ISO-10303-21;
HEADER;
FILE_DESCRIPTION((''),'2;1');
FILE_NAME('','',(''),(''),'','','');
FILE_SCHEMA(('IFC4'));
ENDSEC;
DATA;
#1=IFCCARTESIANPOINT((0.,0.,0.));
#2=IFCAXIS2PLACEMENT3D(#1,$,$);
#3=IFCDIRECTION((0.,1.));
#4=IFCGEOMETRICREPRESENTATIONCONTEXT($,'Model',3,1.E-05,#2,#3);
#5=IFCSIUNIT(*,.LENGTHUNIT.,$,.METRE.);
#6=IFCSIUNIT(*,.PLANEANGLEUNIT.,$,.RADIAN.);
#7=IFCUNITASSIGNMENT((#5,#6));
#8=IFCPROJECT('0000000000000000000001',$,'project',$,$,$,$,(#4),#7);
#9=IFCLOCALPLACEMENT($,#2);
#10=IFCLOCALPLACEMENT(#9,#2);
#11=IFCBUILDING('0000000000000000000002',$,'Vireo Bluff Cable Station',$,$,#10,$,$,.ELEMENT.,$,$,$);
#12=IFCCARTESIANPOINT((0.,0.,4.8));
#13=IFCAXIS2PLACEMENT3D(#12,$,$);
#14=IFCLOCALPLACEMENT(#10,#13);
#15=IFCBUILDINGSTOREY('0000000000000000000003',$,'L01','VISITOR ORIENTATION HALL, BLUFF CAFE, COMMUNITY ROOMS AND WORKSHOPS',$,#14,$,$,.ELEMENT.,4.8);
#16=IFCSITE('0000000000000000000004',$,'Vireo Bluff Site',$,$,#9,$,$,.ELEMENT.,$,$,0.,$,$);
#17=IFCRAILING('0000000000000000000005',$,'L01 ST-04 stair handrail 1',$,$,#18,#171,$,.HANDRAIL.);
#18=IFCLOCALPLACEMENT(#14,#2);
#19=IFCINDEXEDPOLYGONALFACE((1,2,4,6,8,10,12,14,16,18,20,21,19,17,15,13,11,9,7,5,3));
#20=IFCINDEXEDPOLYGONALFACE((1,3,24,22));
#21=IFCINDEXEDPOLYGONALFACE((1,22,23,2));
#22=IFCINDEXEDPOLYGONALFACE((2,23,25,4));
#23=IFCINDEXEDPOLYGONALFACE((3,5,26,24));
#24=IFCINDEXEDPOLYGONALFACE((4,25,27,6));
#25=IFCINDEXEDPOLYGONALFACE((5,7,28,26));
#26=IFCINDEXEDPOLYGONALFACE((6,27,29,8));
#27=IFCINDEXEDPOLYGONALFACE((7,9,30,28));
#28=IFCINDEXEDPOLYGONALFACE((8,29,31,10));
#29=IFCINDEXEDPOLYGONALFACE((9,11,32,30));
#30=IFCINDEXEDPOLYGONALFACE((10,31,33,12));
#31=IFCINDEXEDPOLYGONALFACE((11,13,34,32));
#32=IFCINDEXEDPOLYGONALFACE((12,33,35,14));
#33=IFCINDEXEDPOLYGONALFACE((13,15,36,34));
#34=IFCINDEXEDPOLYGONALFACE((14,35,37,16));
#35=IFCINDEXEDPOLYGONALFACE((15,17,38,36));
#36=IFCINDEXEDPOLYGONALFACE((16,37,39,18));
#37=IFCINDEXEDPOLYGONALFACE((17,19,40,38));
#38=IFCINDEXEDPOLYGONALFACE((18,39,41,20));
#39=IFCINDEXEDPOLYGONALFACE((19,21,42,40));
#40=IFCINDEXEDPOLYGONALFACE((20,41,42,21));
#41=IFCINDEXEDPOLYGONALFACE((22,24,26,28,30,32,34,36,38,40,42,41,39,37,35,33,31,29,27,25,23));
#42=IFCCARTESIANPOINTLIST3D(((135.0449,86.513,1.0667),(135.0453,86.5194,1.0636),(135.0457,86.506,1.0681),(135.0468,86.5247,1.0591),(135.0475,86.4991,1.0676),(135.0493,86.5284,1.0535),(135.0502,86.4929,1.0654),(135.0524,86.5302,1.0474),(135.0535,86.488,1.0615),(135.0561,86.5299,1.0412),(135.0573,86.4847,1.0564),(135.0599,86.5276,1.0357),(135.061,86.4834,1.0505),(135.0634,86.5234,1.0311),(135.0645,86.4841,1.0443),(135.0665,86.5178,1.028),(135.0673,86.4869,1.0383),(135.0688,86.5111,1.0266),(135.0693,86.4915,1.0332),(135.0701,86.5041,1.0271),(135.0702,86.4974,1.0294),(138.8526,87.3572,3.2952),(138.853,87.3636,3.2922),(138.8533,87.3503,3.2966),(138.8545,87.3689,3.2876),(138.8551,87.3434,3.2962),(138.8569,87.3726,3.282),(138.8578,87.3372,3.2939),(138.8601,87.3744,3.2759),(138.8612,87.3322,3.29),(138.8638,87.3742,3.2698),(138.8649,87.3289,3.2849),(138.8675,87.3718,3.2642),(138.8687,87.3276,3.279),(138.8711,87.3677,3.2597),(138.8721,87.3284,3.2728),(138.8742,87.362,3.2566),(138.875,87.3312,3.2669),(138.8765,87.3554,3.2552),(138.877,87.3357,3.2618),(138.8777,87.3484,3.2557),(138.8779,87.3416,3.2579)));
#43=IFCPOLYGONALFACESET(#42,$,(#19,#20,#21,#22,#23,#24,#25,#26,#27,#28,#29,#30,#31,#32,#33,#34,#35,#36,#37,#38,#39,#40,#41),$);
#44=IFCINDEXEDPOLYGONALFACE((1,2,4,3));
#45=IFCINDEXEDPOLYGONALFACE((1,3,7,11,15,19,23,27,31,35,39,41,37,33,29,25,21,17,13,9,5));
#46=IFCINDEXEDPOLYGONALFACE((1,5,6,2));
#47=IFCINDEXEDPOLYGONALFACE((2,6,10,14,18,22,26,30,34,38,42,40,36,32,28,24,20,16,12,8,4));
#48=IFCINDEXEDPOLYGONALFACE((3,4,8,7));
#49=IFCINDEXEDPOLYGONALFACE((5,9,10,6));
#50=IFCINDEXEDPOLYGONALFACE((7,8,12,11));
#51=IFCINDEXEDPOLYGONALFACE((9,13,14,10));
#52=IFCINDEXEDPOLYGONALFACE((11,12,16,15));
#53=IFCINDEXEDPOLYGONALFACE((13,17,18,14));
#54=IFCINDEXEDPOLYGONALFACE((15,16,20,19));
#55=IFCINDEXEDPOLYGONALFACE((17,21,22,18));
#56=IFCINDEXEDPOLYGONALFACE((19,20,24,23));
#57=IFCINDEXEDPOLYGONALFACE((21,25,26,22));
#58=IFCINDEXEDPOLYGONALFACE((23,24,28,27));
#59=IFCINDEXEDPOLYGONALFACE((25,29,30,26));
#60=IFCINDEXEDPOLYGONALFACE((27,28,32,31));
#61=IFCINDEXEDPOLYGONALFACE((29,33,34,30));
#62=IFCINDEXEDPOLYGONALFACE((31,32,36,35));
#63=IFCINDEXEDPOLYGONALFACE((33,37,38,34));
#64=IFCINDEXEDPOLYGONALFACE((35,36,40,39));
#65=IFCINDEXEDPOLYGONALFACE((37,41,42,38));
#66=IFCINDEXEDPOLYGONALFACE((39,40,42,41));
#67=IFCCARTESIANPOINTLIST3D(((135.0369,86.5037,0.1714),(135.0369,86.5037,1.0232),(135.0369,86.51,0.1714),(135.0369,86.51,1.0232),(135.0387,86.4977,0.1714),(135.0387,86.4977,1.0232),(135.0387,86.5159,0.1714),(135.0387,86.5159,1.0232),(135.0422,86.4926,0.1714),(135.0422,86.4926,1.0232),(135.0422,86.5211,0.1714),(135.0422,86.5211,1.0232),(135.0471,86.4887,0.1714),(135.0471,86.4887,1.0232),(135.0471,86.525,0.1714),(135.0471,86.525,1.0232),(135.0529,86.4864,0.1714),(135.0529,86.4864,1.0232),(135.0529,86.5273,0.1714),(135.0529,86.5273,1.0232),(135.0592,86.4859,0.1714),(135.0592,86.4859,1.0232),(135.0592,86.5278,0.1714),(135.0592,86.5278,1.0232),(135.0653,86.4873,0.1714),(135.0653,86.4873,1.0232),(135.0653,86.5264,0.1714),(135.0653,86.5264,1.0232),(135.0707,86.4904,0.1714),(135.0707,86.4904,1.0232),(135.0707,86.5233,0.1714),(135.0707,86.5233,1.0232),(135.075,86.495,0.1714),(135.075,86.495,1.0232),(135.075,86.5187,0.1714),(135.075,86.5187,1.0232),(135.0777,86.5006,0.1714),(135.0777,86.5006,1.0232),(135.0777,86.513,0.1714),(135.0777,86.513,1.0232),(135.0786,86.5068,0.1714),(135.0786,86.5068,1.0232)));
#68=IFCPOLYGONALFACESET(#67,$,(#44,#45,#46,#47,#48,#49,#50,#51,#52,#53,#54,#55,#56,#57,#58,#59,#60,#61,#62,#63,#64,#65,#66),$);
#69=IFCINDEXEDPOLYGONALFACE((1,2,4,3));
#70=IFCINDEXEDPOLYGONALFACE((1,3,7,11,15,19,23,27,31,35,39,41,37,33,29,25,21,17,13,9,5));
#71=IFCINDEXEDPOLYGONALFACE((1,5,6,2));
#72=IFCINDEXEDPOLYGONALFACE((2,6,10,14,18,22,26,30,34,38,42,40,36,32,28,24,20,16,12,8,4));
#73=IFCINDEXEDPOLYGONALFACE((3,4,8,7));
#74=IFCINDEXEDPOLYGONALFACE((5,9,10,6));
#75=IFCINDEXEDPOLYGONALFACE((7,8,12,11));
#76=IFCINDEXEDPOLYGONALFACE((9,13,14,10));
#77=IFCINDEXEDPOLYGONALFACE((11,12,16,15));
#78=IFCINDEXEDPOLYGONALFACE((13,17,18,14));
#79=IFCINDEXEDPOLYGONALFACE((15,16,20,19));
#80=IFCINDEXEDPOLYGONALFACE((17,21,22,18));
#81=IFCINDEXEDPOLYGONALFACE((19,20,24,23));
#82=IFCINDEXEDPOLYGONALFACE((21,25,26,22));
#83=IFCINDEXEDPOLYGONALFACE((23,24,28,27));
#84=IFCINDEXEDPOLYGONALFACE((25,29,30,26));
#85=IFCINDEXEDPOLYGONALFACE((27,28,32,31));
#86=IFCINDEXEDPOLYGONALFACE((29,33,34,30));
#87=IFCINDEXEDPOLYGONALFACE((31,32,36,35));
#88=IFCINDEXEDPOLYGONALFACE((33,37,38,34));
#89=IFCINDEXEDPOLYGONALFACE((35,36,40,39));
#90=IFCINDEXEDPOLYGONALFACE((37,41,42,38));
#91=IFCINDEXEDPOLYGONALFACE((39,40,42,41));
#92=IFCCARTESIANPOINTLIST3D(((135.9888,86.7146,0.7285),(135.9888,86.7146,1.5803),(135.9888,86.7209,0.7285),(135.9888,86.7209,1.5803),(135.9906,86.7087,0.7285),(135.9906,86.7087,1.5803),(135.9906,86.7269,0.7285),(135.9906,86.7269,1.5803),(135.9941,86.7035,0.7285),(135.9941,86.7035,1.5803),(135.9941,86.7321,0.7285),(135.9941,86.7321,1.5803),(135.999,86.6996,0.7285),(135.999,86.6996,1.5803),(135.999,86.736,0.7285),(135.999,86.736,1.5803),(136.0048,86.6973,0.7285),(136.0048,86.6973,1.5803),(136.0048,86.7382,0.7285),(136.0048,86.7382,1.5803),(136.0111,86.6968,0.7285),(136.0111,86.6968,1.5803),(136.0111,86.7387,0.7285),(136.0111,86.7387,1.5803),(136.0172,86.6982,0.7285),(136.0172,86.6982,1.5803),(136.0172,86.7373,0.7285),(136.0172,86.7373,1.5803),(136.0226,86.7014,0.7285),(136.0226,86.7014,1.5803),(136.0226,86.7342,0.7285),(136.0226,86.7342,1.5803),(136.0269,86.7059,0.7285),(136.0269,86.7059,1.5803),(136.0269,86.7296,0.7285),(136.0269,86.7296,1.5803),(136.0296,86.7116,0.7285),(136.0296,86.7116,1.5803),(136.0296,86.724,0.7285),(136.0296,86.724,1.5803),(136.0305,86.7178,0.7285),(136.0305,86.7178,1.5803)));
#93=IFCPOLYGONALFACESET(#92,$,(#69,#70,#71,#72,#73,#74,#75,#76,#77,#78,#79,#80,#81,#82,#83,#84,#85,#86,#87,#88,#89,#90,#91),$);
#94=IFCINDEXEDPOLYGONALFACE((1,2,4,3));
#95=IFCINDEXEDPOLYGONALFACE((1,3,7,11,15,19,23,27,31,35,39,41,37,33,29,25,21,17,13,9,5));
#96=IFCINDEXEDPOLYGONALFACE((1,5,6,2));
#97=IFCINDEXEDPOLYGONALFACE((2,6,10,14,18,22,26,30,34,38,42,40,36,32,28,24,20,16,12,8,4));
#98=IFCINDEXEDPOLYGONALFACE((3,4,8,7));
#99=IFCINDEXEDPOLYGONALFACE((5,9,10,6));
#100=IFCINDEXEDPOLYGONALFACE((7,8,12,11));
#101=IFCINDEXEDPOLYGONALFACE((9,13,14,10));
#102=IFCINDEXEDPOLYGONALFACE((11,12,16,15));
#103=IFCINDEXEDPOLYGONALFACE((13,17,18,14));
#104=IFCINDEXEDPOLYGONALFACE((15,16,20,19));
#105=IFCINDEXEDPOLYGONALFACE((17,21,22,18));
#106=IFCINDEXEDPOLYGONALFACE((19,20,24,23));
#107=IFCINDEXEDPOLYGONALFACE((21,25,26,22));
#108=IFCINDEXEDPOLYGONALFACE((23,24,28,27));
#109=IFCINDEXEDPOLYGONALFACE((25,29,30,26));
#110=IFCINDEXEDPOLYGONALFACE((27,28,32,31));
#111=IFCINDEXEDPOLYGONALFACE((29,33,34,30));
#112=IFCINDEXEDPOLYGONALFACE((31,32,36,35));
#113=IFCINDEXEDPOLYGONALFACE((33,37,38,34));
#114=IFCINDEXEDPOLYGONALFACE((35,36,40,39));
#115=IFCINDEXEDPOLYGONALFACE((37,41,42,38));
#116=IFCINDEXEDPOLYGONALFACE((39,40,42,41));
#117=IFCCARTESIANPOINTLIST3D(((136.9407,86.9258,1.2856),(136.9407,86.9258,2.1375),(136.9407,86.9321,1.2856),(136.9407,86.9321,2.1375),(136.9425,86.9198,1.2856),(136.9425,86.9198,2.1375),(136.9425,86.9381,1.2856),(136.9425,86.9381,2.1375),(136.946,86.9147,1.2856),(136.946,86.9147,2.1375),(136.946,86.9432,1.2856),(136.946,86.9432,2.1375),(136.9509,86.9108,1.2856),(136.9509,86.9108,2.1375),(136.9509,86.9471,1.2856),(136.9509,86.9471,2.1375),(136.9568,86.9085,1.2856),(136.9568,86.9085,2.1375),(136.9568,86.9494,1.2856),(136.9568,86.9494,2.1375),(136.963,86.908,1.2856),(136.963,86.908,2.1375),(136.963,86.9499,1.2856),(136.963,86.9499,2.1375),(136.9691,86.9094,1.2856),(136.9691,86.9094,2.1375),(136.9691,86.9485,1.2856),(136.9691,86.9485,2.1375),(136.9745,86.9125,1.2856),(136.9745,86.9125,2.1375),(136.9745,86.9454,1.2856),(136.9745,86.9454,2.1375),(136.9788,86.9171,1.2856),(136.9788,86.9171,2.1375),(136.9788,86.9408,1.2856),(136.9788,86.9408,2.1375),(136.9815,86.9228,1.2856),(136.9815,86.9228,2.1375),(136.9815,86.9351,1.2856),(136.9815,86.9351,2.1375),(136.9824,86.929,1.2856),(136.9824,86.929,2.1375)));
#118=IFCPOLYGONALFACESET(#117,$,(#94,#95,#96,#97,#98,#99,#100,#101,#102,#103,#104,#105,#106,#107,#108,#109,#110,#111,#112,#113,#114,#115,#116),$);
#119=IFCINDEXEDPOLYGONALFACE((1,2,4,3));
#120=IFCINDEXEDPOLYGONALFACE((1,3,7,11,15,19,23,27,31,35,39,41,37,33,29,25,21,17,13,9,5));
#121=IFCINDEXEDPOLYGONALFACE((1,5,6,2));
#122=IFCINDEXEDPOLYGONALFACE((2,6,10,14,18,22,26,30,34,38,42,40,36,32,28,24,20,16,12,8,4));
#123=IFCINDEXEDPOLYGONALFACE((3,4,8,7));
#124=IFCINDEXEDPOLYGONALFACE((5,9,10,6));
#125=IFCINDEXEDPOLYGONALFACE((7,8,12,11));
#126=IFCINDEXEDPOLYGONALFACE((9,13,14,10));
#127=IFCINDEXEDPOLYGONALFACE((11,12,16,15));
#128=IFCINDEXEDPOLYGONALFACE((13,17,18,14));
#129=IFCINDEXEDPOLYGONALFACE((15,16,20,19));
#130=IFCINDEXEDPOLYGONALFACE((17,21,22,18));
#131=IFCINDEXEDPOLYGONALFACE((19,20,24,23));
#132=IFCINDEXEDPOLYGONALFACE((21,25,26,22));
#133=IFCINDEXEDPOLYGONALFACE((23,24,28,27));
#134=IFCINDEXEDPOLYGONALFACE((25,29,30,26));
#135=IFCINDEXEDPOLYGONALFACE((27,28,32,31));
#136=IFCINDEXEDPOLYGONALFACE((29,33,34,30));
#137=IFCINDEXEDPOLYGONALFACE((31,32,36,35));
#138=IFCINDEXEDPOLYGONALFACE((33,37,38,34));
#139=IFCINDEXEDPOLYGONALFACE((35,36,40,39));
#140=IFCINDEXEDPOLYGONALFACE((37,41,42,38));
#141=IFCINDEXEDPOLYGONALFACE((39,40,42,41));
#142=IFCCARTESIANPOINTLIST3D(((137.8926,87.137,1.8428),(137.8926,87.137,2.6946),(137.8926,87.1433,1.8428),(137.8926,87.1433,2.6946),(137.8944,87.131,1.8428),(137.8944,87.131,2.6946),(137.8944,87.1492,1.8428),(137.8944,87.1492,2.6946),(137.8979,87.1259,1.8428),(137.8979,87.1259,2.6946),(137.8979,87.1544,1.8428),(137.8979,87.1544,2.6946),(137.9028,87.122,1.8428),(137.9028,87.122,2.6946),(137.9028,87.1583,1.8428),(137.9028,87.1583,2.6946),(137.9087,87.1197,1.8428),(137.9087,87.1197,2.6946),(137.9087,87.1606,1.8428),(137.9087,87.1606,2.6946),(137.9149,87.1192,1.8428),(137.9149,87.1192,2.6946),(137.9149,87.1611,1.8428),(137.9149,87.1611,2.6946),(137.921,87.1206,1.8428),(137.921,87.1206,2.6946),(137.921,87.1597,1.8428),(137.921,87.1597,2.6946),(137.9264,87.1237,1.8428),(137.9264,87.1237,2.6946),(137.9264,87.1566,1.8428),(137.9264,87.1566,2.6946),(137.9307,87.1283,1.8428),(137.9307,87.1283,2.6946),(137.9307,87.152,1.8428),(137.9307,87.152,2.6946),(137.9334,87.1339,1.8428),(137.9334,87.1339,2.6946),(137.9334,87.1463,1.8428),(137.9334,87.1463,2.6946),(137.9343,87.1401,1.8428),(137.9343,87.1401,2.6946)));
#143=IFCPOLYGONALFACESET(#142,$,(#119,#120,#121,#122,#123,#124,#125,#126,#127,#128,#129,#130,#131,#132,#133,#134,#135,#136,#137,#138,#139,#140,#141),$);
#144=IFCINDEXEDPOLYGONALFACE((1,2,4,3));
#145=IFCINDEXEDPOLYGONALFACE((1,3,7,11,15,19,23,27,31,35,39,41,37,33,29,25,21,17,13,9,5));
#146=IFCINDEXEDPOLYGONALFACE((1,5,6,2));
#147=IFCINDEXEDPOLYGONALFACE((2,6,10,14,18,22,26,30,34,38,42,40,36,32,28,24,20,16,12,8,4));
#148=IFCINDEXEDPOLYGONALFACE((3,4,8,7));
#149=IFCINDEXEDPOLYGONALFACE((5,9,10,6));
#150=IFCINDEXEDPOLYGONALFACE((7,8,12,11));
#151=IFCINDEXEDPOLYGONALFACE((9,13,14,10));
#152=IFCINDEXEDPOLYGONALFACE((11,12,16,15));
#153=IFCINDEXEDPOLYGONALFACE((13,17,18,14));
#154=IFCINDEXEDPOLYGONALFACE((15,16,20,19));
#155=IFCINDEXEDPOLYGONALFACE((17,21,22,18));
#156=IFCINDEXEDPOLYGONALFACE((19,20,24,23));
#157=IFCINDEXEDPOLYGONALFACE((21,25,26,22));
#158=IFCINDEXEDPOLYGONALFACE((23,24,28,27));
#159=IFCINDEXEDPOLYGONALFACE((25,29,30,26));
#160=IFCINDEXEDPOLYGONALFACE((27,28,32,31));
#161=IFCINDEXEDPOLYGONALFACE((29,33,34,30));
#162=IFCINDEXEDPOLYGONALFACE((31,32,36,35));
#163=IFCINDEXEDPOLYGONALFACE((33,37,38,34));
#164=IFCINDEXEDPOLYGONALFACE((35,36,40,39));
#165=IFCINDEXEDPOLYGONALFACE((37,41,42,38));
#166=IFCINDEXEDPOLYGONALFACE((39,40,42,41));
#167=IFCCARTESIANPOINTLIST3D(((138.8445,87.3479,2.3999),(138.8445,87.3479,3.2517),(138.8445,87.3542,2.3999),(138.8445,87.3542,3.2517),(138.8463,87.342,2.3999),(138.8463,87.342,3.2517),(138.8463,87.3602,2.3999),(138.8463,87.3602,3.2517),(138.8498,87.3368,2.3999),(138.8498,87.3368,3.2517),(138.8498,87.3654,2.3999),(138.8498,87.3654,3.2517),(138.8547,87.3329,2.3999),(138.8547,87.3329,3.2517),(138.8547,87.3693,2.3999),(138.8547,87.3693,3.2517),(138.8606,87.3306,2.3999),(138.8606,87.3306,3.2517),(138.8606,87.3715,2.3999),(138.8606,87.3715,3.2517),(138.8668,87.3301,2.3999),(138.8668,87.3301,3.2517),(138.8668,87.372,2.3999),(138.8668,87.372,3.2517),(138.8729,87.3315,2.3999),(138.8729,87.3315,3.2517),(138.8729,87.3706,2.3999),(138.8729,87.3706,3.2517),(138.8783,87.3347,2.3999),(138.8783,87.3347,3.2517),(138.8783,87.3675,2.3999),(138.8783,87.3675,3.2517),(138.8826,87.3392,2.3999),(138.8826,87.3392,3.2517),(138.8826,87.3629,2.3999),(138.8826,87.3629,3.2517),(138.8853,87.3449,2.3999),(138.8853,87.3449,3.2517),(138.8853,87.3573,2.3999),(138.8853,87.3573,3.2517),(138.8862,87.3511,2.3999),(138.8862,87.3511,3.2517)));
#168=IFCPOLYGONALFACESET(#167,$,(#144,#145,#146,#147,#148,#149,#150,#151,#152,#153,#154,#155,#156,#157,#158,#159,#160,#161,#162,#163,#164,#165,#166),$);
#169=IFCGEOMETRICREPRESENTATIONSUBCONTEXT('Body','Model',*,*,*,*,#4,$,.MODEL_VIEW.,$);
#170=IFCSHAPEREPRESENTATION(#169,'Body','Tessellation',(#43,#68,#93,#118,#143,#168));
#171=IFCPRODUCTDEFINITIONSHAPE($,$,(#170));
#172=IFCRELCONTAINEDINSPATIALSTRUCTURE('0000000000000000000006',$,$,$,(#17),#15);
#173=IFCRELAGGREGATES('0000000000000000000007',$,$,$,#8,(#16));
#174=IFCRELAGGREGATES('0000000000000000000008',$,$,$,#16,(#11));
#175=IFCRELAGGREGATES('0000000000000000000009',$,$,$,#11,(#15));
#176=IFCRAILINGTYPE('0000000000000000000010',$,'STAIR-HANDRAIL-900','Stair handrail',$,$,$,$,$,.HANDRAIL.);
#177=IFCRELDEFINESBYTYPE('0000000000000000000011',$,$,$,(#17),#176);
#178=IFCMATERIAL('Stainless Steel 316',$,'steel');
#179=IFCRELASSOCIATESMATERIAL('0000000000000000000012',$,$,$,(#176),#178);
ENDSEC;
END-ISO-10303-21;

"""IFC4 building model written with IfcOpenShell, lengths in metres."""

from ifc_helpers import new_model, si_unit, direction, frame, origin, origin_2d, place, context, subcontext, project, spatial, circle, extrude, material, type_object, element, save


model = new_model("IFC4")

# Units and contexts
model_context = context("Model", 3, precision=1e-05, world=origin(), true_north=direction((0.0, 1.0)))
body_context = subcontext(model_context, "Body", "Model", "MODEL_VIEW")
ifc_project = project(units=[si_unit("LENGTHUNIT", "METRE"), si_unit("PLANEANGLEUNIT", "RADIAN")], contexts=[model_context])

# Site, building, storey
site_placement = place(None, origin())
site = spatial("IfcSite", under=ifc_project, at=site_placement, Name="Vireo Bluff Site", CompositionType="ELEMENT", RefElevation=0.0)
building_placement = place(site_placement, origin())
building = spatial("IfcBuilding", under=site, at=building_placement, Name="Vireo Bluff Cable Station", CompositionType="ELEMENT")
storey_placement = place(building_placement, frame((0.0, 0.0, 4.8)))
storey = spatial("IfcBuildingStorey", under=building, at=storey_placement, Name="L01", Description="VISITOR ORIENTATION HALL, BLUFF CAFE, COMMUNITY ROOMS AND WORKSHOPS", CompositionType="ELEMENT", Elevation=4.8)

# Railing
ifc_material_1 = material(Name="Stainless Steel 316", Category="steel")
railing_type_1 = type_object("IfcRailingType", Name="STAIR-HANDRAIL-900", Description="Stair handrail", PredefinedType="HANDRAIL", material=ifc_material_1)
railing_1_placement = place(storey_placement, frame((135.0576, 86.5068, 0.1714)))
element("IfcRailing", 1, at=railing_1_placement, inside=storey, type_object=railing_type_1, Name="L01 ST-04 stair handrail 1", PredefinedType="HANDRAIL", context=body_context, shape_type="SweptSolid", body=[
    extrude(circle(Radius=0.0239, at=origin_2d()), frame((0.0, 0.0, 0.876), z_axis=(0.847667, 0.187948, 0.496121), x_axis=(-0.216466, 0.97629, 0.0)), (0.0, 0.0, 1.0), 4.4919),
    extrude(circle(Radius=0.021, at=origin_2d()), origin(), (0.0, 0.0, 1.0), 0.8518),
    extrude(circle(Radius=0.021, at=origin_2d()), frame((0.9519, 0.2109, 0.5571)), (0.0, 0.0, 1.0), 0.8518),
    extrude(circle(Radius=0.021, at=origin_2d()), frame((1.9038, 0.4221, 1.1143)), (0.0, 0.0, 1.0), 0.8518),
    extrude(circle(Radius=0.021, at=origin_2d()), frame((2.8557, 0.6333, 1.6714)), (0.0, 0.0, 1.0), 0.8518),
    extrude(circle(Radius=0.021, at=origin_2d()), frame((3.8076, 0.8442, 2.2285)), (0.0, 0.0, 1.0), 0.8518),
])

save(model, "model.ifc")
